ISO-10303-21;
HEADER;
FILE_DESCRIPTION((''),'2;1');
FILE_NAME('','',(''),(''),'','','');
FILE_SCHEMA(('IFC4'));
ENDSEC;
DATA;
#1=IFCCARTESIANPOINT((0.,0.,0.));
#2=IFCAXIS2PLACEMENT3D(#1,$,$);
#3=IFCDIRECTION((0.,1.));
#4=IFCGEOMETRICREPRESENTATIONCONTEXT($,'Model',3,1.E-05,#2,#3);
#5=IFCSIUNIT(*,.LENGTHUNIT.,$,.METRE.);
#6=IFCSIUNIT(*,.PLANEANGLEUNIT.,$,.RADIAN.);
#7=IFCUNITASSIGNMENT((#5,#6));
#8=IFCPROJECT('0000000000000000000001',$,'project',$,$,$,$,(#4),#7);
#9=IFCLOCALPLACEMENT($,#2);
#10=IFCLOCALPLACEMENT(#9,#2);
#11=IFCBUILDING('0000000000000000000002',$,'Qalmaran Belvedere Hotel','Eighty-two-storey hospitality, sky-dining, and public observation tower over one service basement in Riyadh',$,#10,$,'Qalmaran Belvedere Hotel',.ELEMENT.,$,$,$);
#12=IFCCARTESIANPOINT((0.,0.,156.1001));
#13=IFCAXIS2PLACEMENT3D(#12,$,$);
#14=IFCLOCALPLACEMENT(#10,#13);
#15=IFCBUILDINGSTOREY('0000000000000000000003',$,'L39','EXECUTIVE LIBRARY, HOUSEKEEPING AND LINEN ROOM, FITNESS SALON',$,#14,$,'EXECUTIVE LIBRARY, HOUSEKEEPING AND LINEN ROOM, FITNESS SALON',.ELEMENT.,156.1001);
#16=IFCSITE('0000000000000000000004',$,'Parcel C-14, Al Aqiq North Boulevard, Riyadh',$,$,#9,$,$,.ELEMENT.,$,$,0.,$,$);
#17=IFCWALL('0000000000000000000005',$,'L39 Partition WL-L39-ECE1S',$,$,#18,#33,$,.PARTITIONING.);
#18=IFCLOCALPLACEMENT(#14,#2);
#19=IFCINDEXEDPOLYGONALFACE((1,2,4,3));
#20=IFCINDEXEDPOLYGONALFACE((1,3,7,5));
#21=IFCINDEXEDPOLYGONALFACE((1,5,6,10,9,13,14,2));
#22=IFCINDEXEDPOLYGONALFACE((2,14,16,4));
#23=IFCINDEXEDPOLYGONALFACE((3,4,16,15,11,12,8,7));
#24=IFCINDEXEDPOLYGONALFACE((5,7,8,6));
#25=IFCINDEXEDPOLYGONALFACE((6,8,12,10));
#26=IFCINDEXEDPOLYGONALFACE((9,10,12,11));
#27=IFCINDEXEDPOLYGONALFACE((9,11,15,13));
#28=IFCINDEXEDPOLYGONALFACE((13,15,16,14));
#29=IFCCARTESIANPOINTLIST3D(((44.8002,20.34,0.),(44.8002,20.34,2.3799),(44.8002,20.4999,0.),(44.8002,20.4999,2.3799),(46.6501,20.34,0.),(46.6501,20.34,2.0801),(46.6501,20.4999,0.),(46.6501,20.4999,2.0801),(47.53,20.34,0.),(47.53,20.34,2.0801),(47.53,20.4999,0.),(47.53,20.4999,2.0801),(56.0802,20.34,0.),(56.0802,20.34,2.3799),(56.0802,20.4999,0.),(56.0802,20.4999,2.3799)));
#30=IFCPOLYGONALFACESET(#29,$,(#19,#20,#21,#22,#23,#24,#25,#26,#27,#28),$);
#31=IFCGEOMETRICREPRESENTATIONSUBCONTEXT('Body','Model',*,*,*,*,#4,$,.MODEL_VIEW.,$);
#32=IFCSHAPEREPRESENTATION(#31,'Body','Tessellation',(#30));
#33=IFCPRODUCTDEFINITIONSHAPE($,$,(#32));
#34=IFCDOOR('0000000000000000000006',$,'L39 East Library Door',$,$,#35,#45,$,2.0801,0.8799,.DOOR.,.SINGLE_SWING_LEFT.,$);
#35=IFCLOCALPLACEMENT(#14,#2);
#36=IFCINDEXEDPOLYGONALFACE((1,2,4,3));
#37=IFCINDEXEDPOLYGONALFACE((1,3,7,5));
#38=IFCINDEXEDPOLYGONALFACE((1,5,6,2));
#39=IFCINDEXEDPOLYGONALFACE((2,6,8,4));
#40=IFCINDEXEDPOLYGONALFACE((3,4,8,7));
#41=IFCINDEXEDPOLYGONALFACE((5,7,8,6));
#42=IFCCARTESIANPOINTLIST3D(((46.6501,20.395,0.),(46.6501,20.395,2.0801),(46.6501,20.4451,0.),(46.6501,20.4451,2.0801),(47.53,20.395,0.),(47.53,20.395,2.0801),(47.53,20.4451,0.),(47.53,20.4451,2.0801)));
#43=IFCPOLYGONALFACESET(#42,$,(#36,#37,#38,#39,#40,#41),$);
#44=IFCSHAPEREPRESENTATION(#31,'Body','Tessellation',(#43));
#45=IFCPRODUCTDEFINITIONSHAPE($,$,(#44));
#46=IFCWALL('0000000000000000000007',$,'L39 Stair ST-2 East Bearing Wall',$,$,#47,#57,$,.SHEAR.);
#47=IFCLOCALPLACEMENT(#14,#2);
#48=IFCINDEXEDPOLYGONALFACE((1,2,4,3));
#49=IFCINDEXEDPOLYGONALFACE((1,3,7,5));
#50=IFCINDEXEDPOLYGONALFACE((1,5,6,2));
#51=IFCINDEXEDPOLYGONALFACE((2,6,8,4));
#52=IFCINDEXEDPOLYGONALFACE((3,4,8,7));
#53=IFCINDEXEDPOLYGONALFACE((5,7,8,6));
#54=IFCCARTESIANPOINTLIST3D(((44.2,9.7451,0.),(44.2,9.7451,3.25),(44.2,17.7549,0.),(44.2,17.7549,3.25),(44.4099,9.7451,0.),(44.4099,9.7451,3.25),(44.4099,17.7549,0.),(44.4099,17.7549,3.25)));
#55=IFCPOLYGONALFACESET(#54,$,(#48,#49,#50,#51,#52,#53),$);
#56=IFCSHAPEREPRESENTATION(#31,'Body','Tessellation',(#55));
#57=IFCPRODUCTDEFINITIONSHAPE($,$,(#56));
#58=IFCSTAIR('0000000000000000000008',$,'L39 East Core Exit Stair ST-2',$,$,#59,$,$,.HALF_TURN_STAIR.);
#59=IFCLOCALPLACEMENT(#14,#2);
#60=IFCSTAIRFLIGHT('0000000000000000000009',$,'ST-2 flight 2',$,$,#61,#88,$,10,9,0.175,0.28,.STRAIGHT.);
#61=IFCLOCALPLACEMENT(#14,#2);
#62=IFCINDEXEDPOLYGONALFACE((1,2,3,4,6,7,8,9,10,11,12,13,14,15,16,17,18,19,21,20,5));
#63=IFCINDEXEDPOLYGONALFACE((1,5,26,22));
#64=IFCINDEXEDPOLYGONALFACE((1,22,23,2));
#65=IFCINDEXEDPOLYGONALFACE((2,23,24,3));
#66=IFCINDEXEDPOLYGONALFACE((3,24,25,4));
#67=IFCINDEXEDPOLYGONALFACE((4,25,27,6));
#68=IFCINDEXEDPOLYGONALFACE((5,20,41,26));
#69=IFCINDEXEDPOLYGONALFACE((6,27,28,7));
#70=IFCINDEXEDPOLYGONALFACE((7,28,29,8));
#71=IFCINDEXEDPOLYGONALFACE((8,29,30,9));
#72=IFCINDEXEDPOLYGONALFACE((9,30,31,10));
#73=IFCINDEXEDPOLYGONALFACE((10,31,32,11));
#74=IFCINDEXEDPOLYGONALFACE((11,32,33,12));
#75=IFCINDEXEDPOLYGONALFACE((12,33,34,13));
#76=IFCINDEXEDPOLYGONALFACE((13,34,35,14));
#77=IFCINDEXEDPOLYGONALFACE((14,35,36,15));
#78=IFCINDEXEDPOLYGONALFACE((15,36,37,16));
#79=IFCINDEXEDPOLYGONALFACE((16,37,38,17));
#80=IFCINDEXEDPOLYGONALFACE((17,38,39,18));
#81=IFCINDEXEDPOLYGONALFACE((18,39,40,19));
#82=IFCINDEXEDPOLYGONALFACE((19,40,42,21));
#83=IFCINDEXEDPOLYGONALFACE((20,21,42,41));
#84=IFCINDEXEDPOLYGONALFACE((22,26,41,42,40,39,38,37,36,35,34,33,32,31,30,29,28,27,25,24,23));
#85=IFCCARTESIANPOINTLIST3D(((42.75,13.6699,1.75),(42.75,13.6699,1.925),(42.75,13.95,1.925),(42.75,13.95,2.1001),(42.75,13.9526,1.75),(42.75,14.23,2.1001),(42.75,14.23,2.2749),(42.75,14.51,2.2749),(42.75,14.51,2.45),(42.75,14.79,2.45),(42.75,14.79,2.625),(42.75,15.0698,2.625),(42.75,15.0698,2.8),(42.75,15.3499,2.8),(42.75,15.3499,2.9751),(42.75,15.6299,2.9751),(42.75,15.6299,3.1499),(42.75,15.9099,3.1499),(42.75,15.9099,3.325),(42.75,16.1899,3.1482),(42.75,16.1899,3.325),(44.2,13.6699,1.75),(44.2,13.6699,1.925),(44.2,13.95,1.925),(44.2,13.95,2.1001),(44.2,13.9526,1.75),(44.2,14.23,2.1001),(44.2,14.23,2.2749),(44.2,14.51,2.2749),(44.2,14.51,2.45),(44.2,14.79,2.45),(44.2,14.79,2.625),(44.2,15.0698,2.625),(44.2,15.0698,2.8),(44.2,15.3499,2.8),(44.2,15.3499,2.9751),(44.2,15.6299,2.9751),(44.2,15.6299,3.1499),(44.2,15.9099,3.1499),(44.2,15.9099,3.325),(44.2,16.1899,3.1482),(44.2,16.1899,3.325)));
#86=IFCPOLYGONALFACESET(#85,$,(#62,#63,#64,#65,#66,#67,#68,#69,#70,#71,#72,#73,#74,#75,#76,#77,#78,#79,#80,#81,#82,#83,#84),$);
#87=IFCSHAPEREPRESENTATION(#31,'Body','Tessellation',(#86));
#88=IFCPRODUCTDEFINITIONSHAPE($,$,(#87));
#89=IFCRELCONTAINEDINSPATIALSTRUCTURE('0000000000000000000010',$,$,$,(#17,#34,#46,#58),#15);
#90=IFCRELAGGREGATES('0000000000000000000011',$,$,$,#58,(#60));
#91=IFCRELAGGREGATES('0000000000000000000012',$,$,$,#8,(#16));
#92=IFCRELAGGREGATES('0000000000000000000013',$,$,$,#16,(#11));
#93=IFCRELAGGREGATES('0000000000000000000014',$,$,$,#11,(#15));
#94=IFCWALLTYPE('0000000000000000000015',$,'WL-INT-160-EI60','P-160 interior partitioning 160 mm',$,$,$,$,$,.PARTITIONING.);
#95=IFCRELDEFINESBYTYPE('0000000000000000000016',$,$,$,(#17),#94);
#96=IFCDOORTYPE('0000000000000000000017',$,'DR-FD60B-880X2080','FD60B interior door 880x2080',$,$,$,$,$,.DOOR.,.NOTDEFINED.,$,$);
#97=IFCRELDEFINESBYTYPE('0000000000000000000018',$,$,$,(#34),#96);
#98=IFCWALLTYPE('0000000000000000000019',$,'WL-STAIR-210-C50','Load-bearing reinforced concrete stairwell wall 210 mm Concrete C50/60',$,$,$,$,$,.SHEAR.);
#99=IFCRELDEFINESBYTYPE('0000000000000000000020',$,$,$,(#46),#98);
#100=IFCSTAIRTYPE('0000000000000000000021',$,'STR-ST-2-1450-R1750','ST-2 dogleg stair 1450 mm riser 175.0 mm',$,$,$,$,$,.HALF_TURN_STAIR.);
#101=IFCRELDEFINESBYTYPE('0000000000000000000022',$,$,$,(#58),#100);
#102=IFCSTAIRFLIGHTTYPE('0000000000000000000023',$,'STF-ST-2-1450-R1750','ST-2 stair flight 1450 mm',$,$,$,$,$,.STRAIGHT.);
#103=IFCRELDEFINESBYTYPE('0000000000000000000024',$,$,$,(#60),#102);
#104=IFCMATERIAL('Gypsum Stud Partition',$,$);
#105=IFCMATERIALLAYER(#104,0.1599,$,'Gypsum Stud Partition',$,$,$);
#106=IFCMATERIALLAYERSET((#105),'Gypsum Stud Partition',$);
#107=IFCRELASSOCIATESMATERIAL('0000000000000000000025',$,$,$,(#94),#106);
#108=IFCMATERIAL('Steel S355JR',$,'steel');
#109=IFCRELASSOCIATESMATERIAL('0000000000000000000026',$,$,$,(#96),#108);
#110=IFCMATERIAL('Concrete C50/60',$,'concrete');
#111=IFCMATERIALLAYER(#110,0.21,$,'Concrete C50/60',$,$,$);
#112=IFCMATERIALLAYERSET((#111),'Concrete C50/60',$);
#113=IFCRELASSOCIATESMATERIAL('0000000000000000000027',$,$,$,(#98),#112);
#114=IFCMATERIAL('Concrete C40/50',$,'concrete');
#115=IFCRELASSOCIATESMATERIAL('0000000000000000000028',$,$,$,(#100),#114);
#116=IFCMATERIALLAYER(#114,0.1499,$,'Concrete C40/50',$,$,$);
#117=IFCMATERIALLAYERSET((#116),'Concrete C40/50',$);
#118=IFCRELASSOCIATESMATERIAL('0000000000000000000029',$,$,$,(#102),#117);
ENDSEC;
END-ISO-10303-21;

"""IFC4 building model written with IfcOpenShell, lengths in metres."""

from ifc_helpers import new_model, si_unit, direction, frame, frame_2d, origin, place, context, subcontext, project, spatial, polyline, rectangle, outline, extrude, material, layer, layer_set, type_object, element, fill, aggregate, save


model = new_model("IFC4")

# Units and contexts
model_context = context("Model", 3, precision=1e-05, world=origin(), true_north=direction((0.0, 1.0)))
body_context = subcontext(model_context, "Body", "Model", "MODEL_VIEW")
ifc_project = project(units=[si_unit("LENGTHUNIT", "METRE"), si_unit("PLANEANGLEUNIT", "RADIAN")], contexts=[model_context])

# Site, building, storey
site_placement = place(None, origin())
site = spatial("IfcSite", under=ifc_project, at=site_placement, Name="Parcel C-14, Al Aqiq North Boulevard, Riyadh", CompositionType="ELEMENT", RefElevation=0.0)
building_placement = place(site_placement, origin())
building = spatial("IfcBuilding", under=site, at=building_placement, Name="Qalmaran Belvedere Hotel", Description="Eighty-two-storey hospitality, sky-dining, and public observation tower over one service basement in Riyadh", LongName="Qalmaran Belvedere Hotel", CompositionType="ELEMENT")
storey_placement = place(building_placement, frame((0.0, 0.0, 156.1001)))
storey = spatial("IfcBuildingStorey", under=building, at=storey_placement, Name="L39", Description="EXECUTIVE LIBRARY, HOUSEKEEPING AND LINEN ROOM, FITNESS SALON", LongName="EXECUTIVE LIBRARY, HOUSEKEEPING AND LINEN ROOM, FITNESS SALON", CompositionType="ELEMENT", Elevation=156.1001)

# Shared definitions
ifc_material_1 = material(Name="Concrete C50/60", Category="concrete")

# Shared definitions
ifc_material_2 = material(Name="Steel S355JR", Category="steel")

# Wall, opening, door
ifc_material_3 = material(Name="Gypsum Stud Partition")
ifc_layer_1 = layer(ifc_material_3, 0.1599, Name="Gypsum Stud Partition")
ifc_layer_set_1 = layer_set([ifc_layer_1], Name="Gypsum Stud Partition")
wall_type_1 = type_object("IfcWallType", Name="WL-INT-160-EI60", Description="P-160 interior partitioning 160 mm", PredefinedType="PARTITIONING", material=ifc_layer_set_1)
wall_1_placement = place(storey_placement, frame((44.8, 20.4199, 0.0), z_axis=(0.0, 0.0, 1.0), x_axis=(1.0, 0.0, 0.0)))
wall_1 = element("IfcWall", 1, at=wall_1_placement, inside=storey, type_object=wall_type_1, Name="L39 Partition WL-L39-ECE1S", PredefinedType="PARTITIONING", context=body_context, shape_type="SweptSolid", body=[
    extrude(rectangle(XDim=11.28, YDim=0.1599, at=frame_2d((5.6401, 0.0))), origin(), (0.0, 0.0, 1.0), 2.3799),
])
opening_placement = place(wall_1_placement, frame((2.73, 0.0, 0.0), z_axis=(0.0, 0.0, 1.0), x_axis=(-1.0, 0.0, 0.0)))
opening = element("IfcOpeningElement", 2, at=opening_placement, cuts=wall_1, PredefinedType="OPENING", context=body_context, shape_type="SweptSolid", body=[
    extrude(rectangle(XDim=0.8799, YDim=2.0801, at=frame_2d((0.4399, 1.04))), frame((0.0, 0.0898, 0.0), z_axis=(0.0, -1.0, 0.0), x_axis=(1.0, 0.0, 0.0)), (0.0, 0.0, 1.0), 0.1799),
])
door_type = type_object("IfcDoorType", Name="DR-FD60B-880X2080", Description="FD60B interior door 880x2080", OperationType="NOTDEFINED", PredefinedType="DOOR", material=ifc_material_2)
door_placement = place(opening_placement, origin())
door = element("IfcDoor", 3, at=door_placement, inside=storey, type_object=door_type, Name="L39 East Library Door", OperationType="SINGLE_SWING_LEFT", OverallHeight=2.0801, OverallWidth=0.8799, PredefinedType="DOOR", context=body_context, shape_type="SweptSolid", body=[
    extrude(rectangle(XDim=0.8799, YDim=2.0801, at=frame_2d((0.4399, 1.04))), frame((0.0, 0.0249, 0.0), z_axis=(0.0, -1.0, 0.0), x_axis=(1.0, 0.0, 0.0)), (0.0, 0.0, 1.0), 0.05),
])
fill(opening, door)

# Wall
ifc_layer_2 = layer(ifc_material_1, 0.21, Name="Concrete C50/60")
ifc_layer_set_2 = layer_set([ifc_layer_2], Name="Concrete C50/60")
wall_type_2 = type_object("IfcWallType", Name="WL-STAIR-210-C50", Description="Load-bearing reinforced concrete stairwell wall 210 mm Concrete C50/60", PredefinedType="SHEAR", material=ifc_layer_set_2)
wall_2_placement = place(storey_placement, frame((44.3049, 9.7451, 0.0), z_axis=(0.0, 0.0, 1.0), x_axis=(0.0, 1.0, 0.0)))
element("IfcWall", 4, at=wall_2_placement, inside=storey, type_object=wall_type_2, Name="L39 Stair ST-2 East Bearing Wall", PredefinedType="SHEAR", context=body_context, shape_type="SweptSolid", body=[
    extrude(rectangle(XDim=8.0098, YDim=0.21, at=frame_2d((4.0049, 0.0))), origin(), (0.0, 0.0, 1.0), 3.25),
])

# Stair, stair flight
ifc_material_4 = material(Name="Concrete C40/50", Category="concrete")
stair_type = type_object("IfcStairType", Name="STR-ST-2-1450-R1750", Description="ST-2 dogleg stair 1450 mm riser 175.0 mm", PredefinedType="HALF_TURN_STAIR", material=ifc_material_4)
stair_placement = place(storey_placement, origin())
stair = element("IfcStair", 5, at=stair_placement, inside=storey, type_object=stair_type, Name="L39 East Core Exit Stair ST-2", PredefinedType="HALF_TURN_STAIR")
ifc_layer_3 = layer(ifc_material_4, 0.1499, Name="Concrete C40/50")
ifc_layer_set_3 = layer_set([ifc_layer_3], Name="Concrete C40/50")
stair_flight_type = type_object("IfcStairFlightType", Name="STF-ST-2-1450-R1750", Description="ST-2 stair flight 1450 mm", PredefinedType="STRAIGHT", material=ifc_layer_set_3)
stair_flight_placement = place(storey_placement, frame((43.4751, 13.6699, 1.75), z_axis=(0.0, 0.0, 1.0), x_axis=(0.0, 1.0, 0.0)))
stair_flight = element("IfcStairFlight", 6, at=stair_flight_placement, type_object=stair_flight_type, Name="ST-2 flight 2", NumberOfRisers=10, NumberOfTreads=9, PredefinedType="STRAIGHT", RiserHeight=0.175, TreadLength=0.28, context=body_context, shape_type="SweptSolid", body=[
    extrude(outline(polyline([(0.0, 0.0), (0.0, 0.175), (0.28, 0.175), (0.28, 0.3501), (0.5601, 0.3501), (0.5601, 0.5249), (0.8401, 0.5249), (0.8401, 0.7), (1.1201, 0.7), (1.1201, 0.875), (1.3999, 0.875), (1.3999, 1.05), (1.6799, 1.05), (1.6799, 1.2251), (1.96, 1.2251), (1.96, 1.3999), (2.24, 1.3999), (2.24, 1.575), (2.52, 1.575), (2.52, 1.75), (2.52, 1.3982), (0.2827, 0.0), (0.0, 0.0)])), frame((0.0, 0.7251, 0.0), z_axis=(0.0, -1.0, 0.0), x_axis=(1.0, 0.0, 0.0)), (0.0, 0.0, 1.0), 1.45),
])
aggregate(stair, [stair_flight])

save(model, "model.ifc")
